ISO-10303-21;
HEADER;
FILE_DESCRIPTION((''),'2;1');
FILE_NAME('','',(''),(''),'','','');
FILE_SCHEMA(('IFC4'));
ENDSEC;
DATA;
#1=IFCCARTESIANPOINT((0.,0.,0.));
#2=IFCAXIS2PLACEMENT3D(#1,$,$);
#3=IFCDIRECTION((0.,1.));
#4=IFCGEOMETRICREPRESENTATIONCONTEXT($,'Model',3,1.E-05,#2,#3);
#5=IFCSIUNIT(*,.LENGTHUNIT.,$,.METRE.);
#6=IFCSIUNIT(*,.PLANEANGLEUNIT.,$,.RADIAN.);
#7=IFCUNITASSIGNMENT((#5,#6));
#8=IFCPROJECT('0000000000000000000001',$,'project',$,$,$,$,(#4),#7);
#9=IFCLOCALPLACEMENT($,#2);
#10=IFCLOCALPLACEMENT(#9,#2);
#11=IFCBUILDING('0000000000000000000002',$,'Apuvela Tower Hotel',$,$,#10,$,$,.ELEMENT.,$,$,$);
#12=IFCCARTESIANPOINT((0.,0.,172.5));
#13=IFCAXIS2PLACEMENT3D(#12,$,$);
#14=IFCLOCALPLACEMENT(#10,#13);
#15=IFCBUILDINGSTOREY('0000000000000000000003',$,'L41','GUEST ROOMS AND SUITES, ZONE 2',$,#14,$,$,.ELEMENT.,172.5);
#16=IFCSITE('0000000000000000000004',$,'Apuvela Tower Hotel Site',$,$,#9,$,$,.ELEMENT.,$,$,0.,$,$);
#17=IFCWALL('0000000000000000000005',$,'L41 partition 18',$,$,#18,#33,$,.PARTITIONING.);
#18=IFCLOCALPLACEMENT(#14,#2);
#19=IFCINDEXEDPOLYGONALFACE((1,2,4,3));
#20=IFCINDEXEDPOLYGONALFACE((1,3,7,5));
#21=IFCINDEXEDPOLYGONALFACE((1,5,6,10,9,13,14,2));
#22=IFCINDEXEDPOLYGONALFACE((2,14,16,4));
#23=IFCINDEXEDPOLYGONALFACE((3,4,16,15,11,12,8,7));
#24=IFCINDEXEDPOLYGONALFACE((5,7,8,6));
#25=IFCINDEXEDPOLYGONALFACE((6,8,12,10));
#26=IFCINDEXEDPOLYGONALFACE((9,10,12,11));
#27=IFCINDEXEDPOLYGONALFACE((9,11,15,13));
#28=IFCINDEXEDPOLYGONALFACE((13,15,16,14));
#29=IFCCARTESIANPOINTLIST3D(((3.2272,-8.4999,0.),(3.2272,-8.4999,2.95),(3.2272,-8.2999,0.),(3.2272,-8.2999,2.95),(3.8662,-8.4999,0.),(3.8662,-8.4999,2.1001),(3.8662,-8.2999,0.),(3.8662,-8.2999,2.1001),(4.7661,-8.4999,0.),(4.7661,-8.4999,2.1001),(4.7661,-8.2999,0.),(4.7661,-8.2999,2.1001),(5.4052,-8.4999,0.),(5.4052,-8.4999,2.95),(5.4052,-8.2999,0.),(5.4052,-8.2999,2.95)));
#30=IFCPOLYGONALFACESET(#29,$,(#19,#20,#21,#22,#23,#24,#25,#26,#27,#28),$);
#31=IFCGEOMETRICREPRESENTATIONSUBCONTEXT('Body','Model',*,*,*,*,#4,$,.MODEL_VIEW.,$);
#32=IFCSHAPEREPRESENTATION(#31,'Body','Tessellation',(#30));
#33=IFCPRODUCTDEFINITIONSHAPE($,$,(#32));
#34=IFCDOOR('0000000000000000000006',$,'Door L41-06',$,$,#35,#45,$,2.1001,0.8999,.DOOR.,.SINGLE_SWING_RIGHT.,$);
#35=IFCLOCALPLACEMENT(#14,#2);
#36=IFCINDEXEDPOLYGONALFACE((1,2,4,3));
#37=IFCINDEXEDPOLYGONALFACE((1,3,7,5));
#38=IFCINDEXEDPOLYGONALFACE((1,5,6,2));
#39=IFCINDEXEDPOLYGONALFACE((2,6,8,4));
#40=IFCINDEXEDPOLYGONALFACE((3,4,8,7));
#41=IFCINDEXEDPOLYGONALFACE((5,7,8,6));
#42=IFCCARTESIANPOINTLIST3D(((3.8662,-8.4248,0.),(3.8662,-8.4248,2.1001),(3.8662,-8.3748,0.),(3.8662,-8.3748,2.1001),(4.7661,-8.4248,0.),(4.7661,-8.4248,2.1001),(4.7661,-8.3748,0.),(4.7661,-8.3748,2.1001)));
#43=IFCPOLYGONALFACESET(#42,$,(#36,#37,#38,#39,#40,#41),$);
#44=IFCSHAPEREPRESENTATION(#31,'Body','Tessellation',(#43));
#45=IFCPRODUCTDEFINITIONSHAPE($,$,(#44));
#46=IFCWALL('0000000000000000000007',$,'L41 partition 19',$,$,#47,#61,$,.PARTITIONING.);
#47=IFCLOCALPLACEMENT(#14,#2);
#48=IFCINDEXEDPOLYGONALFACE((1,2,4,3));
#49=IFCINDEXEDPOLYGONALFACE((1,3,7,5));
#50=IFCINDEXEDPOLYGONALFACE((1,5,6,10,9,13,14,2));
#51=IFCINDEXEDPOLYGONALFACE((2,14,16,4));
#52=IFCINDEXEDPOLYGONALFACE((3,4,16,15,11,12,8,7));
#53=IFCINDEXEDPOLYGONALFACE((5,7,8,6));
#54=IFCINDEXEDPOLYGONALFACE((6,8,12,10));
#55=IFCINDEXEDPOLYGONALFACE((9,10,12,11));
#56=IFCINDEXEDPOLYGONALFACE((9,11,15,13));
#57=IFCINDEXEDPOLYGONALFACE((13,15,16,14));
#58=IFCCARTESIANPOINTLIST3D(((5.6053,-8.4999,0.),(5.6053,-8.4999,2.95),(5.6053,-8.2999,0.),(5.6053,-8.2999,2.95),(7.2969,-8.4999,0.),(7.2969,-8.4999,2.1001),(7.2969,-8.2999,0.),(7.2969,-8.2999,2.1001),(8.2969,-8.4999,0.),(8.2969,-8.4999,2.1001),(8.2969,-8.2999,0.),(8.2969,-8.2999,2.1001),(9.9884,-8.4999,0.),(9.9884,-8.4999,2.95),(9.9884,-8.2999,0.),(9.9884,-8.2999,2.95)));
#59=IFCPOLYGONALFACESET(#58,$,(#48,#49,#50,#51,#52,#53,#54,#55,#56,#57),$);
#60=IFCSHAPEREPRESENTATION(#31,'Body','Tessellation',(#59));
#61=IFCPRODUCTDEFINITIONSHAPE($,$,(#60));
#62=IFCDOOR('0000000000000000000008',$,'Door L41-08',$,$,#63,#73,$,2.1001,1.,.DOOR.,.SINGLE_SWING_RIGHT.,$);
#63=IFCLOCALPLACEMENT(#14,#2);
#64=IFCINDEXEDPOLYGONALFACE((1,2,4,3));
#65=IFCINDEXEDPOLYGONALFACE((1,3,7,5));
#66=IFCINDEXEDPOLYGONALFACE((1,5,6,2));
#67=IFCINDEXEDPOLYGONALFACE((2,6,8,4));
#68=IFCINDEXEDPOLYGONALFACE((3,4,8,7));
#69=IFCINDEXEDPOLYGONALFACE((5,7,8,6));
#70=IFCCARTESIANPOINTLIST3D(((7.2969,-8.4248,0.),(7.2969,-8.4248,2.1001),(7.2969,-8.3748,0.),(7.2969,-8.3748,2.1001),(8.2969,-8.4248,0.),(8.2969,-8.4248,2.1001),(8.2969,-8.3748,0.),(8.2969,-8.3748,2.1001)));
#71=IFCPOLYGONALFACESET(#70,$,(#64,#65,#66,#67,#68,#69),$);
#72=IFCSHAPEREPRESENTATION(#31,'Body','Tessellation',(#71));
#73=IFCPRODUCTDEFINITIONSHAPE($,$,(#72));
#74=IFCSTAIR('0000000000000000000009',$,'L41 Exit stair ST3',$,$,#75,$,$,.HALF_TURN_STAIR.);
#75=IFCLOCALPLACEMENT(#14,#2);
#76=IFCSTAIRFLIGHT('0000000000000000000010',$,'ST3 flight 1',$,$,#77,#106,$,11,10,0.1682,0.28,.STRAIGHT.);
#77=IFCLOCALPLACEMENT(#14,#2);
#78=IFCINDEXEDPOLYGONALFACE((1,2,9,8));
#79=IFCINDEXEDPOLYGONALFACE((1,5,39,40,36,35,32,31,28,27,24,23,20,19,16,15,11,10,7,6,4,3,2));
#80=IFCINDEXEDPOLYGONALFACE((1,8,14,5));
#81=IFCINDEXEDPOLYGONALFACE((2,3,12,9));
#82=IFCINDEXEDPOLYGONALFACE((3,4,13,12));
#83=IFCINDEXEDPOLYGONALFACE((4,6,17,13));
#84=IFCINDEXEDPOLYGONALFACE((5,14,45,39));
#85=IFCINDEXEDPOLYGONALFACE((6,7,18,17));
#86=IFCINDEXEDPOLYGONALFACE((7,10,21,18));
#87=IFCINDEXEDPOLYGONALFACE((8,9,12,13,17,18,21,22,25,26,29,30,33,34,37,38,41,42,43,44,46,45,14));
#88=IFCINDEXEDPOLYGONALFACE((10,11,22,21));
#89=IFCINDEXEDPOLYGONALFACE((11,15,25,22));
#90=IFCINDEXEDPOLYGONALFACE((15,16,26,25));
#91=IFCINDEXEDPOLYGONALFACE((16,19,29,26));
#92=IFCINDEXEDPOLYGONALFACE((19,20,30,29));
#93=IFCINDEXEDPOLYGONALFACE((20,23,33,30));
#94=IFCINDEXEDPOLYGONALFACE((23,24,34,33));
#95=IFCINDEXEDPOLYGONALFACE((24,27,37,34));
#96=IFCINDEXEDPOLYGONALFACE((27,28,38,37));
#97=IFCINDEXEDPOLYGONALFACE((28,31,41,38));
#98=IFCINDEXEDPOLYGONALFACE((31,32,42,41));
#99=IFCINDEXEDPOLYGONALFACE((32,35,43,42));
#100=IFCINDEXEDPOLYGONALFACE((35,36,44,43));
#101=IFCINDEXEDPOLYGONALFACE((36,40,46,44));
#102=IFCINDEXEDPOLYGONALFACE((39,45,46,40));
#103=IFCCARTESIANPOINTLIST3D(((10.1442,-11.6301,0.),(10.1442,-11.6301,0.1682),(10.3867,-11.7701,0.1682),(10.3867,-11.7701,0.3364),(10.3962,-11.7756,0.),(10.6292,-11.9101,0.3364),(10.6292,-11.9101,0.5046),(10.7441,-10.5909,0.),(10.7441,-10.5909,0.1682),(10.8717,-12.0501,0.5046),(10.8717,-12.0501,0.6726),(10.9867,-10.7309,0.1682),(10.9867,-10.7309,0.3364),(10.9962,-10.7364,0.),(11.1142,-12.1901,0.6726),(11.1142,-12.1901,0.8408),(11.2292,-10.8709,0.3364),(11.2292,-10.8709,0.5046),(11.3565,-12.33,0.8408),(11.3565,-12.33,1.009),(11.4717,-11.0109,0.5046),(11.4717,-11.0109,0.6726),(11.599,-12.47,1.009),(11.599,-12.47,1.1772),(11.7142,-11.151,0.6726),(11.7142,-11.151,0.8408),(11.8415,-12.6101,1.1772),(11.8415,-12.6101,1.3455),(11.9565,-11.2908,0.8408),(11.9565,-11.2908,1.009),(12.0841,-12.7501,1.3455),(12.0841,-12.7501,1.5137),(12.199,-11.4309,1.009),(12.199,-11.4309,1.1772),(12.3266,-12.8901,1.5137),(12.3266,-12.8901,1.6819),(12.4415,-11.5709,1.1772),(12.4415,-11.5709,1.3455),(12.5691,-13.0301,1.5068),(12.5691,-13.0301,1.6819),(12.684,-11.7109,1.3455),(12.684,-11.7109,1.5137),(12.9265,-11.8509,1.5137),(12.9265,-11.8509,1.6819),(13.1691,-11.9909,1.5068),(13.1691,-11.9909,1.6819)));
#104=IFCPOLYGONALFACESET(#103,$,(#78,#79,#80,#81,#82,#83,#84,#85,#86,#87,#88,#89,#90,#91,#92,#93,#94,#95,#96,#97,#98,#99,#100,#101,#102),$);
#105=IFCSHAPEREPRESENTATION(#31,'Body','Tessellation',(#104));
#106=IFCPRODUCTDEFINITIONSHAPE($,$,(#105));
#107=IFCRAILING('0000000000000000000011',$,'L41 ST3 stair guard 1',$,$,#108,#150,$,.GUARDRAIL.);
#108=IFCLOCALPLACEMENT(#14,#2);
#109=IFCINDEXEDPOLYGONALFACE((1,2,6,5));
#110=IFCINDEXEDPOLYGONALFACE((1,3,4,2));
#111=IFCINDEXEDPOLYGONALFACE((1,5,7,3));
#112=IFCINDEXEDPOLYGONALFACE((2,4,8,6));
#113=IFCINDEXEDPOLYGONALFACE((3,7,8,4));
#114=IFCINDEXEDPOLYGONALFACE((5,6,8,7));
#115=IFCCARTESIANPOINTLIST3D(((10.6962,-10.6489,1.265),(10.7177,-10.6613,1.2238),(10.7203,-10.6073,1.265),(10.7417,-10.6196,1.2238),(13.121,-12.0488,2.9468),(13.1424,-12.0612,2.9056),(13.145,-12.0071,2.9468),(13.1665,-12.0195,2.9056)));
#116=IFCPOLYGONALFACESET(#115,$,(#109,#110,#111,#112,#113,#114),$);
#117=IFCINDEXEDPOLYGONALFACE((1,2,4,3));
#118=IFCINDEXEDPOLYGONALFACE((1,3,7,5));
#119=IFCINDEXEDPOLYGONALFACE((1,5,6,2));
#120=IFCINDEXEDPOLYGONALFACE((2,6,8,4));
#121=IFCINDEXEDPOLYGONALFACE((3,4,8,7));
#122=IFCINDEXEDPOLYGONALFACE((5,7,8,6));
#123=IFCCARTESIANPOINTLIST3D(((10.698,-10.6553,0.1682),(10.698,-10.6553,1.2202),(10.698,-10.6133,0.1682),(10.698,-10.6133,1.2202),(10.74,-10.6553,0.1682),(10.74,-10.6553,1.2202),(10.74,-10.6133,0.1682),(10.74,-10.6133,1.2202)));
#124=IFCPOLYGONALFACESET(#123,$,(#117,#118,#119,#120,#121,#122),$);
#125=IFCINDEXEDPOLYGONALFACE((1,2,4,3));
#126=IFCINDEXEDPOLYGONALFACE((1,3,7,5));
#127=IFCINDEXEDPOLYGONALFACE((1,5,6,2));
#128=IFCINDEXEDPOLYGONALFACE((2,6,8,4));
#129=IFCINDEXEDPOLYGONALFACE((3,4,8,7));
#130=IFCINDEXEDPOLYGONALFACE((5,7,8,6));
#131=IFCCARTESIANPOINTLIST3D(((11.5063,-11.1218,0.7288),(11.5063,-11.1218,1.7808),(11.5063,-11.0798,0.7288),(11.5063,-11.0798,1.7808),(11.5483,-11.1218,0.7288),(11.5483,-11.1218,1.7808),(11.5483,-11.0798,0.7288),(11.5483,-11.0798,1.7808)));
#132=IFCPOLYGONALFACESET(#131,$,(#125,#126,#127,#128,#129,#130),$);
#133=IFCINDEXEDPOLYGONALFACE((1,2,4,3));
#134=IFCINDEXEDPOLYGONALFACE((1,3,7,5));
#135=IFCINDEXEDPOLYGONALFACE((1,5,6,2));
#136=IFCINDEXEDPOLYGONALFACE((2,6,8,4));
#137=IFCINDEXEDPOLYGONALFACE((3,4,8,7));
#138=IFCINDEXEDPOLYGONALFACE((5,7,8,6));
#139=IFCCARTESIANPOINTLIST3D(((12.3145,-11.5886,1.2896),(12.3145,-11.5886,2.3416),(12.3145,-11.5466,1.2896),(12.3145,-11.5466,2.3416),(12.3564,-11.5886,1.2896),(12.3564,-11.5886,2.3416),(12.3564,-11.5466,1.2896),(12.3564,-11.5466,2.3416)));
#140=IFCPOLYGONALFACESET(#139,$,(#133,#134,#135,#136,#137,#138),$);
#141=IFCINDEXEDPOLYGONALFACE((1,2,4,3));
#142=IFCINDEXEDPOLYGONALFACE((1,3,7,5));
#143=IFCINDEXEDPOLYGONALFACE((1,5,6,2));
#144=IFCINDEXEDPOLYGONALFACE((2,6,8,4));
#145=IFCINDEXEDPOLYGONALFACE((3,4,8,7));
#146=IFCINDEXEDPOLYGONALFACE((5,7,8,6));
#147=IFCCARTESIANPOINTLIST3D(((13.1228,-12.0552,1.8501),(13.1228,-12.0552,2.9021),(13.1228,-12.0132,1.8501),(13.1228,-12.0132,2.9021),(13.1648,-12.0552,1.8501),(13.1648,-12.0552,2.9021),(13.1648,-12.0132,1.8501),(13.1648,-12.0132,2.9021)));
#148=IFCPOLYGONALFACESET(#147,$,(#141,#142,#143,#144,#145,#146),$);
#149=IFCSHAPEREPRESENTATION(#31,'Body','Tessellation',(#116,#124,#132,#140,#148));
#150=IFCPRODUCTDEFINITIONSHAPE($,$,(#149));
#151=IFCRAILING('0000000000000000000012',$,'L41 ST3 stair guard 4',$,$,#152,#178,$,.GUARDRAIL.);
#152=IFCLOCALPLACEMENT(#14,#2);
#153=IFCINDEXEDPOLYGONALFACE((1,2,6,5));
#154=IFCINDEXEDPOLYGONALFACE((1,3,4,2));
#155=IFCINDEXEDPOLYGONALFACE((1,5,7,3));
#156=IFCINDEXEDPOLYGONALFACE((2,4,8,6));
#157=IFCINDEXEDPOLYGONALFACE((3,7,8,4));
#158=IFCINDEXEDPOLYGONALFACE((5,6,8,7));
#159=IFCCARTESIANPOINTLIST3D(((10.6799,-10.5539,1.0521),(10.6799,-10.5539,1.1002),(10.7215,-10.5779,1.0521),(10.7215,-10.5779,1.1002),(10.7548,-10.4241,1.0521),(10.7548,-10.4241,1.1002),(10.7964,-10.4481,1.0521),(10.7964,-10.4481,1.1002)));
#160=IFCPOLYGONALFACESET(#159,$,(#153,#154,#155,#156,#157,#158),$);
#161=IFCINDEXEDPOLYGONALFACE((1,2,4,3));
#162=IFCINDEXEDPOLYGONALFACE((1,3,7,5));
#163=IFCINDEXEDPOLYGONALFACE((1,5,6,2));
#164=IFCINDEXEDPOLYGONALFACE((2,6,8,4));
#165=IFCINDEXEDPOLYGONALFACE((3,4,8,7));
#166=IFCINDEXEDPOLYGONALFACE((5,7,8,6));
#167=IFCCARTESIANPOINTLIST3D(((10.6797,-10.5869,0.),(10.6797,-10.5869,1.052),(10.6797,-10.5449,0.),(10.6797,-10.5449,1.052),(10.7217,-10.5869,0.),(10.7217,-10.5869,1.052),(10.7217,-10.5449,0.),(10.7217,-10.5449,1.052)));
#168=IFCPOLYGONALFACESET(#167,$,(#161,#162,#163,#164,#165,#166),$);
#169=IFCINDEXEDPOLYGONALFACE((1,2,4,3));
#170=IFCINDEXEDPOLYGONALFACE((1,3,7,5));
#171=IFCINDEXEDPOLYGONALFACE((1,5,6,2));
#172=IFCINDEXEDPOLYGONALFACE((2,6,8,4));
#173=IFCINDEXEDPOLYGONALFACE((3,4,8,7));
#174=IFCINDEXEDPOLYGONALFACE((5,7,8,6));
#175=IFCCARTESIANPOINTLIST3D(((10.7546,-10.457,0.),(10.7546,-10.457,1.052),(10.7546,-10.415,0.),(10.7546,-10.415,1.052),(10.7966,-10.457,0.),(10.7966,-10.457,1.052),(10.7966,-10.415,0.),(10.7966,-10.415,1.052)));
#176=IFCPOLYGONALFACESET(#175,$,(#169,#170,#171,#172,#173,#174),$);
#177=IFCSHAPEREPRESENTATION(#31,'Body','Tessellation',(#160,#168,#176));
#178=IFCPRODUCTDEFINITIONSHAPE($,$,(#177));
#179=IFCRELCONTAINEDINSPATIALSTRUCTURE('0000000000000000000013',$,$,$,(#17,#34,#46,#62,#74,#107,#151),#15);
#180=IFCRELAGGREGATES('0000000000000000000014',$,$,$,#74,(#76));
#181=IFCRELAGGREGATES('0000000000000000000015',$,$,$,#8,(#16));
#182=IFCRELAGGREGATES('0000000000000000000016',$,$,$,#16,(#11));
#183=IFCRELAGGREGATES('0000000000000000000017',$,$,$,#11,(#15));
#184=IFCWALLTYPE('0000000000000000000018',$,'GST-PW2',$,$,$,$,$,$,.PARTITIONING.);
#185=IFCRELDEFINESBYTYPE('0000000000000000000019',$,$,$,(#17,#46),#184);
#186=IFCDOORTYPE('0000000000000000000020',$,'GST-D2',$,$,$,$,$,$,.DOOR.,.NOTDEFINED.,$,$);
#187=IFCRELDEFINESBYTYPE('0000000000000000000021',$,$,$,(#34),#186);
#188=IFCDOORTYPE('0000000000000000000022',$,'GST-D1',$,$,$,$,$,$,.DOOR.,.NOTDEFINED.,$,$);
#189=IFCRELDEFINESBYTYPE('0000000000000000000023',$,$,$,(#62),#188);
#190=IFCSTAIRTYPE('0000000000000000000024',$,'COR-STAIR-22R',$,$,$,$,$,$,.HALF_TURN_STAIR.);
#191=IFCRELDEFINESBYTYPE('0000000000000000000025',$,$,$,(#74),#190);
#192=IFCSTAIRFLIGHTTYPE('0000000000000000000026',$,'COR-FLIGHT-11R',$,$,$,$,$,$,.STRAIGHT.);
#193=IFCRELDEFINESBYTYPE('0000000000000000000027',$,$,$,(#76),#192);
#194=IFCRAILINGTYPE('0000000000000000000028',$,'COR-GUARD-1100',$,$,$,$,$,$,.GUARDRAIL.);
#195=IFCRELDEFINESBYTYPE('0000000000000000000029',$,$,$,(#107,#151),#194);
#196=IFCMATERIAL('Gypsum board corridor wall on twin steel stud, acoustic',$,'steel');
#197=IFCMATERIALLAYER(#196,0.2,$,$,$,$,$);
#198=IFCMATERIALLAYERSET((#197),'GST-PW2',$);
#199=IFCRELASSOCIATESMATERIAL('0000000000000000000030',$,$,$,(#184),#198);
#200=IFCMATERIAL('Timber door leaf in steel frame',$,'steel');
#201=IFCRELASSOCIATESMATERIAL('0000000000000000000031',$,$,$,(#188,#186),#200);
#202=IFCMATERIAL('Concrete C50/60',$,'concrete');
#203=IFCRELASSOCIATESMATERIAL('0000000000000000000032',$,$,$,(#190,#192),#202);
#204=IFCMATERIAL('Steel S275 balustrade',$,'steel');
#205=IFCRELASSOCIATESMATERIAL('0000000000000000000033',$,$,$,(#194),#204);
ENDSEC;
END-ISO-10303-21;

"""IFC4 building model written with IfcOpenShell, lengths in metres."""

from ifc_helpers import new_model, si_unit, direction, frame, frame_2d, origin, origin_2d, place, context, subcontext, project, spatial, polyline, rectangle, outline, extrude, material, layer, layer_set, type_object, element, fill, aggregate, save


model = new_model("IFC4")

# Units and contexts
model_context = context("Model", 3, precision=1e-05, world=origin(), true_north=direction((0.0, 1.0)))
body_context = subcontext(model_context, "Body", "Model", "MODEL_VIEW")
ifc_project = project(units=[si_unit("LENGTHUNIT", "METRE"), si_unit("PLANEANGLEUNIT", "RADIAN")], contexts=[model_context])

# Site, building, storey
site_placement = place(None, origin())
site = spatial("IfcSite", under=ifc_project, at=site_placement, Name="Apuvela Tower Hotel Site", CompositionType="ELEMENT", RefElevation=0.0)
building_placement = place(site_placement, origin())
building = spatial("IfcBuilding", under=site, at=building_placement, Name="Apuvela Tower Hotel", CompositionType="ELEMENT")
storey_placement = place(building_placement, frame((0.0, 0.0, 172.5)))
storey = spatial("IfcBuildingStorey", under=building, at=storey_placement, Name="L41", Description="GUEST ROOMS AND SUITES, ZONE 2", CompositionType="ELEMENT", Elevation=172.5)

# Shared definitions
ifc_material_1 = material(Name="Concrete C50/60", Category="concrete")

# Walls, openings, doors
ifc_material_2 = material(Name="Gypsum board corridor wall on twin steel stud, acoustic", Category="steel")
ifc_layer_1 = layer(ifc_material_2, 0.2)
ifc_layer_set_1 = layer_set([ifc_layer_1], Name="GST-PW2")
wall_type_1 = type_object("IfcWallType", Name="GST-PW2", PredefinedType="PARTITIONING", material=ifc_layer_set_1)
ifc_material_3 = material(Name="Timber door leaf in steel frame", Category="steel")
door_type_1 = type_object("IfcDoorType", Name="GST-D1", OperationType="NOTDEFINED", PredefinedType="DOOR", material=ifc_material_3)
door_type_2 = type_object("IfcDoorType", Name="GST-D2", OperationType="NOTDEFINED", PredefinedType="DOOR", material=ifc_material_3)
wall_1_placement = place(storey_placement, frame((5.405, -8.3999, 0.0), z_axis=(0.0, 0.0, 1.0), x_axis=(-1.0, 0.0, 0.0)))
wall_1 = element("IfcWall", 1, at=wall_1_placement, inside=storey, type_object=wall_type_1, Name="L41 partition 18", PredefinedType="PARTITIONING", context=body_context, shape_type="SweptSolid", body=[
    extrude(rectangle(XDim=2.178, YDim=0.2, at=frame_2d((1.0889, 0.0))), origin(), (0.0, 0.0, 1.0), 2.95),
])
opening_1_placement = place(wall_1_placement, frame((0.6389, 0.0, 0.0)))
opening_1 = element("IfcOpeningElement", 2, at=opening_1_placement, cuts=wall_1, PredefinedType="OPENING", context=body_context, shape_type="SweptSolid", body=[
    extrude(rectangle(XDim=0.8999, YDim=2.1001, at=frame_2d((0.45, 1.05))), frame((0.0, 0.1099, 0.0), z_axis=(0.0, -1.0, 0.0), x_axis=(1.0, 0.0, 0.0)), (0.0, 0.0, 1.0), 0.22),
])
door_1_placement = place(opening_1_placement, origin())
door_1 = element("IfcDoor", 3, at=door_1_placement, inside=storey, type_object=door_type_2, Name="Door L41-06", OperationType="SINGLE_SWING_RIGHT", OverallHeight=2.1001, OverallWidth=0.8999, PredefinedType="DOOR", context=body_context, shape_type="SweptSolid", body=[
    extrude(rectangle(XDim=0.8999, YDim=2.1001, at=frame_2d((0.45, 1.05))), frame((0.0, 0.0249, 0.0), z_axis=(0.0, -1.0, 0.0), x_axis=(1.0, 0.0, 0.0)), (0.0, 0.0, 1.0), 0.05),
])
fill(opening_1, door_1)
wall_2_placement = place(storey_placement, frame((9.9883, -8.3999, 0.0), z_axis=(0.0, 0.0, 1.0), x_axis=(-1.0, 0.0, 0.0)))
wall_2 = element("IfcWall", 4, at=wall_2_placement, inside=storey, type_object=wall_type_1, Name="L41 partition 19", PredefinedType="PARTITIONING", context=body_context, shape_type="SweptSolid", body=[
    extrude(rectangle(XDim=4.3831, YDim=0.2, at=frame_2d((2.1914, 0.0))), origin(), (0.0, 0.0, 1.0), 2.95),
])
opening_2_placement = place(wall_2_placement, frame((1.6914, 0.0, 0.0)))
opening_2 = element("IfcOpeningElement", 5, at=opening_2_placement, cuts=wall_2, PredefinedType="OPENING", context=body_context, shape_type="SweptSolid", body=[
    extrude(rectangle(XDim=1.0, YDim=2.1001, at=frame_2d((0.5, 1.05))), frame((0.0, 0.1099, 0.0), z_axis=(0.0, -1.0, 0.0), x_axis=(1.0, 0.0, 0.0)), (0.0, 0.0, 1.0), 0.22),
])
door_2_placement = place(opening_2_placement, origin())
door_2 = element("IfcDoor", 6, at=door_2_placement, inside=storey, type_object=door_type_1, Name="Door L41-08", OperationType="SINGLE_SWING_RIGHT", OverallHeight=2.1001, OverallWidth=1.0, PredefinedType="DOOR", context=body_context, shape_type="SweptSolid", body=[
    extrude(rectangle(XDim=1.0, YDim=2.1001, at=frame_2d((0.5, 1.05))), frame((0.0, 0.0249, 0.0), z_axis=(0.0, -1.0, 0.0), x_axis=(1.0, 0.0, 0.0)), (0.0, 0.0, 1.0), 0.05),
])
fill(opening_2, door_2)

# Stair, stair flight
stair_type = type_object("IfcStairType", Name="COR-STAIR-22R", PredefinedType="HALF_TURN_STAIR", material=ifc_material_1)
stair_placement = place(storey_placement, origin())
stair = element("IfcStair", 7, at=stair_placement, inside=storey, type_object=stair_type, Name="L41 Exit stair ST3", PredefinedType="HALF_TURN_STAIR")
stair_flight_type = type_object("IfcStairFlightType", Name="COR-FLIGHT-11R", PredefinedType="STRAIGHT", material=ifc_material_1)
stair_flight_placement = place(storey_placement, frame((10.4441, -11.1106, 0.0), z_axis=(0.0, 0.0, 1.0), x_axis=(0.866025, -0.5, 0.0)))
stair_flight = element("IfcStairFlight", 8, at=stair_flight_placement, type_object=stair_flight_type, Name="ST3 flight 1", NumberOfRisers=11, NumberOfTreads=10, PredefinedType="STRAIGHT", RiserHeight=0.1682, TreadLength=0.28, context=body_context, shape_type="SweptSolid", body=[
    extrude(outline(polyline([(0.0, 0.0), (0.0, 0.1682), (0.28, 0.1682), (0.28, 0.3364), (0.5601, 0.3364), (0.5601, 0.5046), (0.8401, 0.5046), (0.8401, 0.6726), (1.1201, 0.6726), (1.1201, 0.8408), (1.3999, 0.8408), (1.3999, 1.009), (1.6799, 1.009), (1.6799, 1.1772), (1.96, 1.1772), (1.96, 1.3455), (2.24, 1.3455), (2.24, 1.5137), (2.52, 1.5137), (2.52, 1.6819), (2.8, 1.6819), (2.8, 1.8501), (2.8, 1.5068), (0.291, 0.0), (0.0, 0.0)])), frame((0.0, 0.6001, 0.0), z_axis=(0.0, -1.0, 0.0), x_axis=(1.0, 0.0, 0.0)), (0.0, 0.0, 1.0), 1.2),
])
aggregate(stair, [stair_flight])

# Railings
ifc_material_4 = material(Name="Steel S275 balustrade", Category="steel")
railing_type_1 = type_object("IfcRailingType", Name="COR-GUARD-1100", PredefinedType="GUARDRAIL", material=ifc_material_4)
railing_1_placement = place(storey_placement, frame((10.719, -10.6343, 0.1682)))
element("IfcRailing", 9, at=railing_1_placement, inside=storey, type_object=railing_type_1, Name="L41 ST3 stair guard 1", PredefinedType="GUARDRAIL", context=body_context, shape_type="SweptSolid", body=[
    extrude(rectangle(XDim=0.0481, YDim=0.0481, at=origin_2d()), frame((0.0, 0.0, 1.0762), z_axis=(0.74239, -0.428601, 0.514934), x_axis=(0.499984, 0.866035, 0.0)), (0.0, 0.0, 1.0), 3.2661),
    extrude(rectangle(XDim=0.042, YDim=0.042, at=origin_2d()), origin(), (0.0, 0.0, 1.0), 1.052),
    extrude(rectangle(XDim=0.042, YDim=0.042, at=origin_2d()), frame((0.8083, -0.4666, 0.5605)), (0.0, 0.0, 1.0), 1.052),
    extrude(rectangle(XDim=0.042, YDim=0.042, at=origin_2d()), frame((1.6165, -0.9333, 1.1213)), (0.0, 0.0, 1.0), 1.052),
    extrude(rectangle(XDim=0.042, YDim=0.042, at=origin_2d()), frame((2.4248, -1.3999, 1.6819)), (0.0, 0.0, 1.0), 1.052),
])
railing_2_placement = place(storey_placement, frame((10.7007, -10.5659, 0.0)))
element("IfcRailing", 10, at=railing_2_placement, inside=storey, type_object=railing_type_1, Name="L41 ST3 stair guard 4", PredefinedType="GUARDRAIL", context=body_context, shape_type="SweptSolid", body=[
    extrude(rectangle(XDim=0.0481, YDim=0.0481, at=origin_2d()), frame((0.0, 0.0, 1.0762), z_axis=(0.499816, 0.866131, 0.0), x_axis=(-0.866131, 0.499816, 0.0)), (0.0, 0.0, 1.0), 0.1499),
    extrude(rectangle(XDim=0.042, YDim=0.042, at=origin_2d()), origin(), (0.0, 0.0, 1.0), 1.052),
    extrude(rectangle(XDim=0.042, YDim=0.042, at=origin_2d()), frame((0.075, 0.1299, 0.0)), (0.0, 0.0, 1.0), 1.052),
])

save(model, "model.ifc")
